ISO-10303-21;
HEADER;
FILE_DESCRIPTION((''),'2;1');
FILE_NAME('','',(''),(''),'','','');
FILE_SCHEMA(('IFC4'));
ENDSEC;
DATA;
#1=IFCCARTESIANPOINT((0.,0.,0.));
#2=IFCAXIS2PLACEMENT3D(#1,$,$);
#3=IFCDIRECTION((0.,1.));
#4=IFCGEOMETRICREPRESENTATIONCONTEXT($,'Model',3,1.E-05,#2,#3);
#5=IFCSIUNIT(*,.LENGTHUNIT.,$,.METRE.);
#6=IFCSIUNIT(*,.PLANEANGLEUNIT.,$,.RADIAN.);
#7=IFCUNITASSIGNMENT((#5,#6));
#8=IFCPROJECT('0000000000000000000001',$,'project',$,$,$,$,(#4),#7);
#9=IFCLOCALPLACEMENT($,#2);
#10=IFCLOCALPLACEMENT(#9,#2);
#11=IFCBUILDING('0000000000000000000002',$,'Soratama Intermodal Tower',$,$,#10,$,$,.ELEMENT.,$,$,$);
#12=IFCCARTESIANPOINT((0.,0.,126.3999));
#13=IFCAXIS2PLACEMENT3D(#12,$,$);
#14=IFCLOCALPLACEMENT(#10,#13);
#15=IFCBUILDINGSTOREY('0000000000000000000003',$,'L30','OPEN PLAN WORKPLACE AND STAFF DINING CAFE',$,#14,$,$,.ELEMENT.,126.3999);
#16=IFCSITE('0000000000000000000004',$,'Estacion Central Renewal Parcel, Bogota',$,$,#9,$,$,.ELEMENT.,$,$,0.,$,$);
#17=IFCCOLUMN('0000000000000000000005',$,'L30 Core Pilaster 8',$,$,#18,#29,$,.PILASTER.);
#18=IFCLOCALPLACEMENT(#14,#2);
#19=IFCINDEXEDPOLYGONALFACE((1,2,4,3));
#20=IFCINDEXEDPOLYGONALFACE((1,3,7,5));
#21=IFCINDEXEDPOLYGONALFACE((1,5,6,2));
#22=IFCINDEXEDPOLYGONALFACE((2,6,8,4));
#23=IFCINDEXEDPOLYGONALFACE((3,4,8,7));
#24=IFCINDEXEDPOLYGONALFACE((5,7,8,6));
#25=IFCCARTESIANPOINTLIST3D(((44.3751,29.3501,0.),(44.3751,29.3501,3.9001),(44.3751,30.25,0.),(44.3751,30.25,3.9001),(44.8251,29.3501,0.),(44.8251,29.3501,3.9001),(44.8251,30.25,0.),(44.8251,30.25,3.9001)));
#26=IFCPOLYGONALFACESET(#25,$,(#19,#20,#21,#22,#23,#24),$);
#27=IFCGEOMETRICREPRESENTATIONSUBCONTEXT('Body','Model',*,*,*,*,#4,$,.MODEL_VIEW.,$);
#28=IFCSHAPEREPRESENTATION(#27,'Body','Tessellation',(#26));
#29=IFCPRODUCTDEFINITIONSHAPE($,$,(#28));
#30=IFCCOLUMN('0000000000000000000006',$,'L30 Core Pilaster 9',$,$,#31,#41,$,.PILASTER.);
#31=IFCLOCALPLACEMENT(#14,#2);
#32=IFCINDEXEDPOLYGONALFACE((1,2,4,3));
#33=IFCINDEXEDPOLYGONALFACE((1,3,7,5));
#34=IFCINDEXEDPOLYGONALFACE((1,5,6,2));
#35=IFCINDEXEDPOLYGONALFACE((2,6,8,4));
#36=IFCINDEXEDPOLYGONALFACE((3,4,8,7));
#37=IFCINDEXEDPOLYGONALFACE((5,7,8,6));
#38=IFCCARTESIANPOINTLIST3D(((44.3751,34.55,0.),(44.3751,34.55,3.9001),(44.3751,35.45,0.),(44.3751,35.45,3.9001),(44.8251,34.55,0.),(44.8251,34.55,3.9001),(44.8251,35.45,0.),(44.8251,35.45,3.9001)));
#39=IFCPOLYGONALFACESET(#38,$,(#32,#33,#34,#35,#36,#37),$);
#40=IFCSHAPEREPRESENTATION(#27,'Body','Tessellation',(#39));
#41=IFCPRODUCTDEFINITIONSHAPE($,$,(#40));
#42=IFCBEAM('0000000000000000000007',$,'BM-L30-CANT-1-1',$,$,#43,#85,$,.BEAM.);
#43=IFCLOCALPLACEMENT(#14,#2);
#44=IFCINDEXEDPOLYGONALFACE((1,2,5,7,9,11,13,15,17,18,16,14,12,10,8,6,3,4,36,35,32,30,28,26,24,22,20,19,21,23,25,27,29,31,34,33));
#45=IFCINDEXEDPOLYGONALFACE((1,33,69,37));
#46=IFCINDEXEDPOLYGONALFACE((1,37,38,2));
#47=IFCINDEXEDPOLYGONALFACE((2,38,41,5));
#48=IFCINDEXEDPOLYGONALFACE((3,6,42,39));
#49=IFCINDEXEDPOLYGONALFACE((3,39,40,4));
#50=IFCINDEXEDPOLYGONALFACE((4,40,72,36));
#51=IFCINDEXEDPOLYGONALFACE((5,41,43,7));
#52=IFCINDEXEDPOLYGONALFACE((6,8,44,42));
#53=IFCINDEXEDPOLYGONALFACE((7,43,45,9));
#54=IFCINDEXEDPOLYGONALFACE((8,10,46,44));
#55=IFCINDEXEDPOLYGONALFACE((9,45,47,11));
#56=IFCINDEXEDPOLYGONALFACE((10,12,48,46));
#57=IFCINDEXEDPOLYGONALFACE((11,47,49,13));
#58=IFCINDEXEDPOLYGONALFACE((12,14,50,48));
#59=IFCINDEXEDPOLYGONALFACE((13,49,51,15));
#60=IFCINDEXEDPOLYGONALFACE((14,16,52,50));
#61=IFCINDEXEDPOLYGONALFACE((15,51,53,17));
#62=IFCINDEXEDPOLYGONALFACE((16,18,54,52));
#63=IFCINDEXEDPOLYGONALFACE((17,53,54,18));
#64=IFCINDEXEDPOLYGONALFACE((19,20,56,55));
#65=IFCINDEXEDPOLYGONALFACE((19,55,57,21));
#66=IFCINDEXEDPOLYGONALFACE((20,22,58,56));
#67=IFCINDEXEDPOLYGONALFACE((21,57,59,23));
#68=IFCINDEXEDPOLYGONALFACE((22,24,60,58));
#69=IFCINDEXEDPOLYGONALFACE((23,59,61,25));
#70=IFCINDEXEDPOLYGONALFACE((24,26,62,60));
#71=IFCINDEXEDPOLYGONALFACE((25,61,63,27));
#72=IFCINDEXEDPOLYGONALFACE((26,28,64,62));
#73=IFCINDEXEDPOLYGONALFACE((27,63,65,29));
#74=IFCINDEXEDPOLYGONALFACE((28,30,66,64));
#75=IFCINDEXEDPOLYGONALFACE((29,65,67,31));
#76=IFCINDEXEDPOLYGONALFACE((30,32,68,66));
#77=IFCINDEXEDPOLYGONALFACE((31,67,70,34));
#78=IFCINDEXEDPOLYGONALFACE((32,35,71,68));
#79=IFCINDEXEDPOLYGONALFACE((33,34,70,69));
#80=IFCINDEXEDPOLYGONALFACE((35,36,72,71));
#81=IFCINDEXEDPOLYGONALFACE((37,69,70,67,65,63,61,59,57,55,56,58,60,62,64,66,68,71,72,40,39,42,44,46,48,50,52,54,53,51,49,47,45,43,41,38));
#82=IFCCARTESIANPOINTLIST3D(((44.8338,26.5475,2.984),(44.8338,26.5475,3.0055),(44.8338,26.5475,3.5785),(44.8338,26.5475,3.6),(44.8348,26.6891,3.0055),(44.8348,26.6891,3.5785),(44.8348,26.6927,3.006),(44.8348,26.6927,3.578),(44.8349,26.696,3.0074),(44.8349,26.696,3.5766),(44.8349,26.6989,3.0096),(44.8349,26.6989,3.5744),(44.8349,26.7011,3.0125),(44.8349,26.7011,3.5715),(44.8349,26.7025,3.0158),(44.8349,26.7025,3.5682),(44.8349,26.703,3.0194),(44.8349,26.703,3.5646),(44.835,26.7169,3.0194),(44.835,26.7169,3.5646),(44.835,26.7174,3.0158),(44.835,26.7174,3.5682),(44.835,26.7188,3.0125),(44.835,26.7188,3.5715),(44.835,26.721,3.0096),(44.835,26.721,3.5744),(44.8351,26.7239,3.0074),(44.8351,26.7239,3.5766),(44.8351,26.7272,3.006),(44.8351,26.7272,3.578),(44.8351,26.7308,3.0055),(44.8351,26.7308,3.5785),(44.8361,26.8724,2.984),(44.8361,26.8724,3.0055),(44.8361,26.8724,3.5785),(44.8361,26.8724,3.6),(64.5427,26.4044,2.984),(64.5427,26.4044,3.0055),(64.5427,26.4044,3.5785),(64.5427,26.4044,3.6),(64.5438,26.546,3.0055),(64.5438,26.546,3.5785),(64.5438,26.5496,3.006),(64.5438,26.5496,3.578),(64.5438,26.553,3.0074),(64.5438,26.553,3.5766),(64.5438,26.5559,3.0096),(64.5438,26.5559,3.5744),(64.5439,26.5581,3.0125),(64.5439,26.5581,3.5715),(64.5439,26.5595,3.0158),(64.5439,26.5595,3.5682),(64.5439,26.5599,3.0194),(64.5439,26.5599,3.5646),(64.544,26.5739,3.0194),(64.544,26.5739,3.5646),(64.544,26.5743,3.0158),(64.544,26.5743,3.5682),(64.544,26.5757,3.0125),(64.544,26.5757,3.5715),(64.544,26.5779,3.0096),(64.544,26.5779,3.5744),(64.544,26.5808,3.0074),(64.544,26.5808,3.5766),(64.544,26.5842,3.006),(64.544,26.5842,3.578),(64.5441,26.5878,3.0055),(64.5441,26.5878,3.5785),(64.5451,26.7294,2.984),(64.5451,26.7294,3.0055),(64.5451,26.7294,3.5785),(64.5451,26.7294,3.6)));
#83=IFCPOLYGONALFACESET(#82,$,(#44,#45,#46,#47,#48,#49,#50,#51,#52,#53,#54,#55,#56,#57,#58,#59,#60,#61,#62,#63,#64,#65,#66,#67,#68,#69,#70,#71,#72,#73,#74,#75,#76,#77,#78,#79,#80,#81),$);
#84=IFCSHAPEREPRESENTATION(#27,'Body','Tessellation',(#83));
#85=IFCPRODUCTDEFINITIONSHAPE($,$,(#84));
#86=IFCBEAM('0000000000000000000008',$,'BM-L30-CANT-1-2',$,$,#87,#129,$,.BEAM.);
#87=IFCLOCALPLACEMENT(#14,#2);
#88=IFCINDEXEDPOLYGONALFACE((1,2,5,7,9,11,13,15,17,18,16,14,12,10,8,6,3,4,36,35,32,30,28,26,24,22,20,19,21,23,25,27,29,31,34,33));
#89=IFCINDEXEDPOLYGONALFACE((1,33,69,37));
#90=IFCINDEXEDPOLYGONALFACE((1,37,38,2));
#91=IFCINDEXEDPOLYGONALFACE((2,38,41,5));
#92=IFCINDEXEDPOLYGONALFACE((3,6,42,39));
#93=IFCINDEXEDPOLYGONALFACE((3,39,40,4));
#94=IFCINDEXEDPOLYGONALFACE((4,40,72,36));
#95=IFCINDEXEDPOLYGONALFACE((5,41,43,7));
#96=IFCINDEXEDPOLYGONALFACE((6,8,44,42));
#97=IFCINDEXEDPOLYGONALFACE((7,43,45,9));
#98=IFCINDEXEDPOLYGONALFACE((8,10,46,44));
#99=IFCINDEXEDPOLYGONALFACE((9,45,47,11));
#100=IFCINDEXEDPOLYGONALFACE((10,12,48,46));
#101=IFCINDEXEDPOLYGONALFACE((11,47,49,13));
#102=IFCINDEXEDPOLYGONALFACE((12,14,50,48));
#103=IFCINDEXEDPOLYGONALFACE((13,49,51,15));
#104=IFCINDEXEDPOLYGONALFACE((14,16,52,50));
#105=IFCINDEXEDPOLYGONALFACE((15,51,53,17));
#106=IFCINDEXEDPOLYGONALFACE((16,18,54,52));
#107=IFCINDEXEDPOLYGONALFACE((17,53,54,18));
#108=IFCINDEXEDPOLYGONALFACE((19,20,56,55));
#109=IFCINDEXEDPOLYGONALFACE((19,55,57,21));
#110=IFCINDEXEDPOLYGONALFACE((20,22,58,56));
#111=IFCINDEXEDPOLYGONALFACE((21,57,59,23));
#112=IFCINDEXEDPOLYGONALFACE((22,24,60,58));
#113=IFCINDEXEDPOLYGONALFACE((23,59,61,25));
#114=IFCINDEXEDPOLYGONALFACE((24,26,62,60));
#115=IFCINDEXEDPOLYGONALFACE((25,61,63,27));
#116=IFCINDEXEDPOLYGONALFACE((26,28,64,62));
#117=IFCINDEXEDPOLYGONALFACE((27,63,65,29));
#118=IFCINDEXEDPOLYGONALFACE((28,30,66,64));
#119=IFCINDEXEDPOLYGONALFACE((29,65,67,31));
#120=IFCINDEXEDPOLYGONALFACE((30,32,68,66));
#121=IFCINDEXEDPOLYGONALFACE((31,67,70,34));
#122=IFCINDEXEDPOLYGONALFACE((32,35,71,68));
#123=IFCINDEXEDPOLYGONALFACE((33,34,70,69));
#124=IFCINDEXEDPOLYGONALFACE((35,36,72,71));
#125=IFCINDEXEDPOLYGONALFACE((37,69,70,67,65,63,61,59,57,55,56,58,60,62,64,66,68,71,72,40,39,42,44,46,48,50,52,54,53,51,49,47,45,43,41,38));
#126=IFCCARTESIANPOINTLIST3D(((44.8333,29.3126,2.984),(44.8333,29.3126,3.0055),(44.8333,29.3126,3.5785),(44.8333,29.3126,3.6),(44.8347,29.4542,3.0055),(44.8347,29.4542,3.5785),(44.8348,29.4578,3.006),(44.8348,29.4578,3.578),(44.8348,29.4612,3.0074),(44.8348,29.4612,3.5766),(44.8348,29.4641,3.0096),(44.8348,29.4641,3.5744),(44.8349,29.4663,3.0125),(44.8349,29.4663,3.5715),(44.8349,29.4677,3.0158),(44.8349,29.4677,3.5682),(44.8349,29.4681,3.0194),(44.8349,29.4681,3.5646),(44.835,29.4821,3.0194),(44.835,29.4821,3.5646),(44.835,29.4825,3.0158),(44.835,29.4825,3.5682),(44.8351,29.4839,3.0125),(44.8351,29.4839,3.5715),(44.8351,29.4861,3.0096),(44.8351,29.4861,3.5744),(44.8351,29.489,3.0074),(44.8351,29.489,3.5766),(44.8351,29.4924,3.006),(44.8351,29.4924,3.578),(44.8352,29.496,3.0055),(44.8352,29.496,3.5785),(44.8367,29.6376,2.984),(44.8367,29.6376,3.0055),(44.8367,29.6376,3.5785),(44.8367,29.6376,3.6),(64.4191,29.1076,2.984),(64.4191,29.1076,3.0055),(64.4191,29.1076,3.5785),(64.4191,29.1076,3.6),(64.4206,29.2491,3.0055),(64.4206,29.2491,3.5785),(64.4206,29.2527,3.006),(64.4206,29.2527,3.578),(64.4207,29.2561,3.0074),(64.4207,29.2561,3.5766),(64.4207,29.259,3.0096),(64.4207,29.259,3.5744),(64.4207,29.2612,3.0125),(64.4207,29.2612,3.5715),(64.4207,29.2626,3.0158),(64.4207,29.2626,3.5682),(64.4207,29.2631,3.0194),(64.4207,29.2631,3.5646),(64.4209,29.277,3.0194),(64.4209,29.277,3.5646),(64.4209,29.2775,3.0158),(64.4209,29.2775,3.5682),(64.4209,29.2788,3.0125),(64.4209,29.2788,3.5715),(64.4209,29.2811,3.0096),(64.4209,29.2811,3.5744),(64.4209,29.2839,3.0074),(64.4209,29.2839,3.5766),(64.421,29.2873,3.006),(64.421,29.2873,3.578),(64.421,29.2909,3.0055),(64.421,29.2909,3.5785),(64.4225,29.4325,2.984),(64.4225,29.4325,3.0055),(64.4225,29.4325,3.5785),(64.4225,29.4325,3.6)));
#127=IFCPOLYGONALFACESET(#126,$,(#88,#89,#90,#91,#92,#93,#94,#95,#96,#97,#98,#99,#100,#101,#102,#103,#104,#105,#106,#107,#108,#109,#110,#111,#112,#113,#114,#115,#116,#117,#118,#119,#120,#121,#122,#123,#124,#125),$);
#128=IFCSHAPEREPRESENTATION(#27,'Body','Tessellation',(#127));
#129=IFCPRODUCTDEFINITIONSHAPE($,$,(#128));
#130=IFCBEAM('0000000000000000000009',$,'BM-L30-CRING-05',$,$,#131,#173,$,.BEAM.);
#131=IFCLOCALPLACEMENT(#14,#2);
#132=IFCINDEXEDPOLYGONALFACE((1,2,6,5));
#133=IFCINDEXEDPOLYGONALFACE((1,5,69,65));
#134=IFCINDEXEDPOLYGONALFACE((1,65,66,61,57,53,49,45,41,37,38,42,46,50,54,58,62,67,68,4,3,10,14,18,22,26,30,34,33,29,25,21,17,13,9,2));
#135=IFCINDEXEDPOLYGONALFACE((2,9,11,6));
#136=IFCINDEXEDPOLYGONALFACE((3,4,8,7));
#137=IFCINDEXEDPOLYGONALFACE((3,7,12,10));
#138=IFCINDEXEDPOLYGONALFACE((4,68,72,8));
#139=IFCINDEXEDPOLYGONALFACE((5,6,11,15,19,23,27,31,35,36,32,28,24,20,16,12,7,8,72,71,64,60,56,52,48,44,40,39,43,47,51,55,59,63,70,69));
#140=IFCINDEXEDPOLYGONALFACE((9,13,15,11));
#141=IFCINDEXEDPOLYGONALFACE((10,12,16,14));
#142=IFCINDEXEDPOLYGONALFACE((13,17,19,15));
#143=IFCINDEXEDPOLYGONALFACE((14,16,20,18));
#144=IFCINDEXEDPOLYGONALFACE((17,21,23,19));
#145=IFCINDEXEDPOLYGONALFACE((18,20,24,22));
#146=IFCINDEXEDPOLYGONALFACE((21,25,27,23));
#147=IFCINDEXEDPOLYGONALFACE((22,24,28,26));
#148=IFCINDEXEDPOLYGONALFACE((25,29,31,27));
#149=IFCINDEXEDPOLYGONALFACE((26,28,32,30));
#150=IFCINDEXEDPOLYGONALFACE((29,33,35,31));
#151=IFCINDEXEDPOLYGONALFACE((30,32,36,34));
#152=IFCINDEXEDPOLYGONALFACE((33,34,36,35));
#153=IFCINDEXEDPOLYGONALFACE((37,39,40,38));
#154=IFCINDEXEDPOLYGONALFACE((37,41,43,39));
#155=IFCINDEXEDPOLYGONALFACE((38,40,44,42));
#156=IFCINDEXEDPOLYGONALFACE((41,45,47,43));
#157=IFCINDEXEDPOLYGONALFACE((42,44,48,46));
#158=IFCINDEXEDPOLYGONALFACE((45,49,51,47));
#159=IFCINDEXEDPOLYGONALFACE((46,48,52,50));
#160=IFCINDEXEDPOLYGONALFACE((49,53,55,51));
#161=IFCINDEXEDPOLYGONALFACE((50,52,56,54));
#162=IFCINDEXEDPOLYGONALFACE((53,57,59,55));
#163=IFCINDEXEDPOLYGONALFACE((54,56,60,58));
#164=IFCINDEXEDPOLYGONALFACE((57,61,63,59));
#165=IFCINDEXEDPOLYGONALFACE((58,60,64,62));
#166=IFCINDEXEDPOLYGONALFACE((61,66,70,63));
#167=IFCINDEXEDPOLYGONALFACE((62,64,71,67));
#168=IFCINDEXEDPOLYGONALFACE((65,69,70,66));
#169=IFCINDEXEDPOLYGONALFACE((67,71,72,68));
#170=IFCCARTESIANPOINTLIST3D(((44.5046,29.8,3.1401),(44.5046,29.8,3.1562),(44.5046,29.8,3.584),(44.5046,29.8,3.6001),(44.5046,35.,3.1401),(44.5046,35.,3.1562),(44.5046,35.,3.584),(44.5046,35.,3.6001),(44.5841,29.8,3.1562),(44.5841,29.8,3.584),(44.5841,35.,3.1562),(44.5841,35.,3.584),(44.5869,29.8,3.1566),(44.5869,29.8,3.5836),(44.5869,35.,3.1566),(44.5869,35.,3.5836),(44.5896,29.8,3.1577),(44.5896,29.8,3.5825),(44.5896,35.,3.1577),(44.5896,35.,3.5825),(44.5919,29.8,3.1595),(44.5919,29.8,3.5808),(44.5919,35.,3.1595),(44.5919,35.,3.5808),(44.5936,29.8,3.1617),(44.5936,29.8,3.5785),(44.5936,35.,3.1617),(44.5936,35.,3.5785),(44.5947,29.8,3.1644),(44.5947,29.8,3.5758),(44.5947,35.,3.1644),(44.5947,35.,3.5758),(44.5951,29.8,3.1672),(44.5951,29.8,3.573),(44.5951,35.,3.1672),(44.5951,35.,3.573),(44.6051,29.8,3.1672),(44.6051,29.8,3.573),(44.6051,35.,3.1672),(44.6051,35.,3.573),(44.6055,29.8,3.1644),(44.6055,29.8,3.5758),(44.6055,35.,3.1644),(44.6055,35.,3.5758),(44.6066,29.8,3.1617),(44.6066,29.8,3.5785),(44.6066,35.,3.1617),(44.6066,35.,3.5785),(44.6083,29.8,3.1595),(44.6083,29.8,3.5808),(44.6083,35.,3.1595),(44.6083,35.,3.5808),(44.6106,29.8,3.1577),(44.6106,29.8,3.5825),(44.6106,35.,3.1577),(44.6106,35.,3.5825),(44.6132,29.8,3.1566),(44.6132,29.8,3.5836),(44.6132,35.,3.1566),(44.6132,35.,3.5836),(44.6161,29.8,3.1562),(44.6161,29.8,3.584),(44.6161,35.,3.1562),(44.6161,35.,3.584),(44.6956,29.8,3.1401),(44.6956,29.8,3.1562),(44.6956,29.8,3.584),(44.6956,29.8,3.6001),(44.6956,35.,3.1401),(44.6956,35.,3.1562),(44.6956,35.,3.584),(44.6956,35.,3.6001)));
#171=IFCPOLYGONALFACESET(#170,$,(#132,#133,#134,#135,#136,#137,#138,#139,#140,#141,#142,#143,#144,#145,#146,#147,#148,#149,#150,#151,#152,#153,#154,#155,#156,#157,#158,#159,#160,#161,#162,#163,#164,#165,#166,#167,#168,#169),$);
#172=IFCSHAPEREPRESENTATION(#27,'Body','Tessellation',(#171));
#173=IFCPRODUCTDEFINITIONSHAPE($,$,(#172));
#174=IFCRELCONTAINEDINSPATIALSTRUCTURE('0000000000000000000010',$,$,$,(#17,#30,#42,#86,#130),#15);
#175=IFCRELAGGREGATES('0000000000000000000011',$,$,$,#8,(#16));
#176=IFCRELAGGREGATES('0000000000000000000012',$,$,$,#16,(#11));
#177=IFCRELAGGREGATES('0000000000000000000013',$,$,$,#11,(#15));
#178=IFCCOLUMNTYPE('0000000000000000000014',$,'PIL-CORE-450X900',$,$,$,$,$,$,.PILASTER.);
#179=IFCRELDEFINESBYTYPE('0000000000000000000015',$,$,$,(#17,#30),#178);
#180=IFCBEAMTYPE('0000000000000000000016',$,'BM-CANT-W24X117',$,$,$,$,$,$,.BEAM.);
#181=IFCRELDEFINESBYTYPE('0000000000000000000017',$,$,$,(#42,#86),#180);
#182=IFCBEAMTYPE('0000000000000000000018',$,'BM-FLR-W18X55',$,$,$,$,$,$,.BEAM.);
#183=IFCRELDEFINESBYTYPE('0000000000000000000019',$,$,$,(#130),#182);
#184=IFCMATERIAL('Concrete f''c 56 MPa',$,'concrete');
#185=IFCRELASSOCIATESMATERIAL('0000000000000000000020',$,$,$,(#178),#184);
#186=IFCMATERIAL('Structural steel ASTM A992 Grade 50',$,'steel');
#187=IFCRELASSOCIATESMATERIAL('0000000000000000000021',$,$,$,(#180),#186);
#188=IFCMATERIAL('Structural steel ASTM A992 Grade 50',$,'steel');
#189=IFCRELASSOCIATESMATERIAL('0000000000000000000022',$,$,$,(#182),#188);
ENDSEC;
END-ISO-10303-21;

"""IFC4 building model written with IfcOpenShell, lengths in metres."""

from ifc_helpers import new_model, si_unit, direction, frame, origin, origin_2d, place, context, subcontext, project, spatial, rectangle, i_section, extrude, material, material_profile, profile_set, type_object, element, save


model = new_model("IFC4")

# Units and contexts
model_context = context("Model", 3, precision=1e-05, world=origin(), true_north=direction((0.0, 1.0)))
body_context = subcontext(model_context, "Body", "Model", "MODEL_VIEW")
ifc_project = project(units=[si_unit("LENGTHUNIT", "METRE"), si_unit("PLANEANGLEUNIT", "RADIAN")], contexts=[model_context])

# Site, building, storey
site_placement = place(None, origin())
site = spatial("IfcSite", under=ifc_project, at=site_placement, Name="Estacion Central Renewal Parcel, Bogota", CompositionType="ELEMENT", RefElevation=0.0)
building_placement = place(site_placement, origin())
building = spatial("IfcBuilding", under=site, at=building_placement, Name="Soratama Intermodal Tower", CompositionType="ELEMENT")
storey_placement = place(building_placement, frame((0.0, 0.0, 126.3999)))
storey = spatial("IfcBuildingStorey", under=building, at=storey_placement, Name="L30", Description="OPEN PLAN WORKPLACE AND STAFF DINING CAFE", CompositionType="ELEMENT", Elevation=126.3999)

# Columns
ifc_material_1 = material(Name="Concrete f'c 56 MPa", Category="concrete")
ifc_material_profile_1 = material_profile(ifc_material_1, rectangle(XDim=0.45, YDim=0.8999, at=origin_2d()), Name="RC450X900")
ifc_profile_set_1 = profile_set([ifc_material_profile_1], Name="Concrete f'c 56 MPa")
column_type = type_object("IfcColumnType", Name="PIL-CORE-450X900", PredefinedType="PILASTER", material=ifc_profile_set_1)
for number, where, z_axis, x_axis, name in (
    (1, (44.6001, 29.8, 0.0), (0.0, 0.0, 1.0), (1.0, 0.0, 0.0), "L30 Core Pilaster 8"),
    (2, (44.6001, 35.0, 0.0), (0.0, 0.0, 1.0), (1.0, 0.0, 0.0), "L30 Core Pilaster 9"),
):
    element("IfcColumn", number, at=place(storey_placement, frame(where, z_axis=z_axis, x_axis=x_axis)), inside=storey, type_object=column_type, Name=name, PredefinedType="PILASTER", context=body_context, shape_type="SweptSolid", body=[
        extrude(rectangle(XDim=0.45, YDim=0.8999, at=origin_2d()), origin(), (0.0, 0.0, 1.0), 3.9001),
    ])

# Beams
ifc_material_2 = material(Name="Structural steel ASTM A992 Grade 50", Category="steel")
ifc_material_profile_2 = material_profile(ifc_material_2, i_section(OverallWidth=0.325, OverallDepth=0.616, WebThickness=0.0139, FlangeThickness=0.0215, FilletRadius=0.0139, at=origin_2d()), Name="W24X117")
ifc_profile_set_2 = profile_set([ifc_material_profile_2], Name="Structural steel ASTM A992 Grade 50")
beam_type_1 = type_object("IfcBeamType", Name="BM-CANT-W24X117", PredefinedType="BEAM", material=ifc_profile_set_2)
beam_1_placement = place(storey_placement, frame((44.835, 26.71, 3.292), z_axis=(0.999974, -0.007259, 0.0), x_axis=(0.007259, 0.999974, 0.0)))
element("IfcBeam", 3, at=beam_1_placement, inside=storey, type_object=beam_type_1, Name="BM-L30-CANT-1-1", PredefinedType="BEAM", context=body_context, shape_type="SweptSolid", body=[
    extrude(i_section(OverallWidth=0.325, OverallDepth=0.616, WebThickness=0.0139, FlangeThickness=0.0215, FilletRadius=0.0139, at=origin_2d()), origin(), (0.0, 0.0, 1.0), 19.7095),
])
beam_2_placement = place(storey_placement, frame((44.835, 29.4751, 3.292), z_axis=(0.999945, -0.01047, 0.0), x_axis=(0.01047, 0.999945, 0.0)))
element("IfcBeam", 4, at=beam_2_placement, inside=storey, type_object=beam_type_1, Name="BM-L30-CANT-1-2", PredefinedType="BEAM", context=body_context, shape_type="SweptSolid", body=[
    extrude(i_section(OverallWidth=0.325, OverallDepth=0.616, WebThickness=0.0139, FlangeThickness=0.0215, FilletRadius=0.0139, at=origin_2d()), origin(), (0.0, 0.0, 1.0), 19.5869),
])
ifc_material_3 = material(Name="Structural steel ASTM A992 Grade 50", Category="steel")
ifc_material_profile_3 = material_profile(ifc_material_3, i_section(OverallWidth=0.1909, OverallDepth=0.46, WebThickness=0.01, FlangeThickness=0.0161, FilletRadius=0.011, at=origin_2d()), Name="W18X55")
ifc_profile_set_3 = profile_set([ifc_material_profile_3], Name="Structural steel ASTM A992 Grade 50")
beam_type_2 = type_object("IfcBeamType", Name="BM-FLR-W18X55", PredefinedType="BEAM", material=ifc_profile_set_3)
beam_3_placement = place(storey_placement, frame((44.6001, 29.8, 3.3701), z_axis=(0.0, 1.0, 0.0), x_axis=(-1.0, 0.0, 0.0)))
element("IfcBeam", 5, at=beam_3_placement, inside=storey, type_object=beam_type_2, Name="BM-L30-CRING-05", PredefinedType="BEAM", context=body_context, shape_type="SweptSolid", body=[
    extrude(i_section(OverallWidth=0.1909, OverallDepth=0.46, WebThickness=0.01, FlangeThickness=0.0161, FilletRadius=0.011, at=origin_2d()), origin(), (0.0, 0.0, 1.0), 5.2),
])

save(model, "model.ifc")
